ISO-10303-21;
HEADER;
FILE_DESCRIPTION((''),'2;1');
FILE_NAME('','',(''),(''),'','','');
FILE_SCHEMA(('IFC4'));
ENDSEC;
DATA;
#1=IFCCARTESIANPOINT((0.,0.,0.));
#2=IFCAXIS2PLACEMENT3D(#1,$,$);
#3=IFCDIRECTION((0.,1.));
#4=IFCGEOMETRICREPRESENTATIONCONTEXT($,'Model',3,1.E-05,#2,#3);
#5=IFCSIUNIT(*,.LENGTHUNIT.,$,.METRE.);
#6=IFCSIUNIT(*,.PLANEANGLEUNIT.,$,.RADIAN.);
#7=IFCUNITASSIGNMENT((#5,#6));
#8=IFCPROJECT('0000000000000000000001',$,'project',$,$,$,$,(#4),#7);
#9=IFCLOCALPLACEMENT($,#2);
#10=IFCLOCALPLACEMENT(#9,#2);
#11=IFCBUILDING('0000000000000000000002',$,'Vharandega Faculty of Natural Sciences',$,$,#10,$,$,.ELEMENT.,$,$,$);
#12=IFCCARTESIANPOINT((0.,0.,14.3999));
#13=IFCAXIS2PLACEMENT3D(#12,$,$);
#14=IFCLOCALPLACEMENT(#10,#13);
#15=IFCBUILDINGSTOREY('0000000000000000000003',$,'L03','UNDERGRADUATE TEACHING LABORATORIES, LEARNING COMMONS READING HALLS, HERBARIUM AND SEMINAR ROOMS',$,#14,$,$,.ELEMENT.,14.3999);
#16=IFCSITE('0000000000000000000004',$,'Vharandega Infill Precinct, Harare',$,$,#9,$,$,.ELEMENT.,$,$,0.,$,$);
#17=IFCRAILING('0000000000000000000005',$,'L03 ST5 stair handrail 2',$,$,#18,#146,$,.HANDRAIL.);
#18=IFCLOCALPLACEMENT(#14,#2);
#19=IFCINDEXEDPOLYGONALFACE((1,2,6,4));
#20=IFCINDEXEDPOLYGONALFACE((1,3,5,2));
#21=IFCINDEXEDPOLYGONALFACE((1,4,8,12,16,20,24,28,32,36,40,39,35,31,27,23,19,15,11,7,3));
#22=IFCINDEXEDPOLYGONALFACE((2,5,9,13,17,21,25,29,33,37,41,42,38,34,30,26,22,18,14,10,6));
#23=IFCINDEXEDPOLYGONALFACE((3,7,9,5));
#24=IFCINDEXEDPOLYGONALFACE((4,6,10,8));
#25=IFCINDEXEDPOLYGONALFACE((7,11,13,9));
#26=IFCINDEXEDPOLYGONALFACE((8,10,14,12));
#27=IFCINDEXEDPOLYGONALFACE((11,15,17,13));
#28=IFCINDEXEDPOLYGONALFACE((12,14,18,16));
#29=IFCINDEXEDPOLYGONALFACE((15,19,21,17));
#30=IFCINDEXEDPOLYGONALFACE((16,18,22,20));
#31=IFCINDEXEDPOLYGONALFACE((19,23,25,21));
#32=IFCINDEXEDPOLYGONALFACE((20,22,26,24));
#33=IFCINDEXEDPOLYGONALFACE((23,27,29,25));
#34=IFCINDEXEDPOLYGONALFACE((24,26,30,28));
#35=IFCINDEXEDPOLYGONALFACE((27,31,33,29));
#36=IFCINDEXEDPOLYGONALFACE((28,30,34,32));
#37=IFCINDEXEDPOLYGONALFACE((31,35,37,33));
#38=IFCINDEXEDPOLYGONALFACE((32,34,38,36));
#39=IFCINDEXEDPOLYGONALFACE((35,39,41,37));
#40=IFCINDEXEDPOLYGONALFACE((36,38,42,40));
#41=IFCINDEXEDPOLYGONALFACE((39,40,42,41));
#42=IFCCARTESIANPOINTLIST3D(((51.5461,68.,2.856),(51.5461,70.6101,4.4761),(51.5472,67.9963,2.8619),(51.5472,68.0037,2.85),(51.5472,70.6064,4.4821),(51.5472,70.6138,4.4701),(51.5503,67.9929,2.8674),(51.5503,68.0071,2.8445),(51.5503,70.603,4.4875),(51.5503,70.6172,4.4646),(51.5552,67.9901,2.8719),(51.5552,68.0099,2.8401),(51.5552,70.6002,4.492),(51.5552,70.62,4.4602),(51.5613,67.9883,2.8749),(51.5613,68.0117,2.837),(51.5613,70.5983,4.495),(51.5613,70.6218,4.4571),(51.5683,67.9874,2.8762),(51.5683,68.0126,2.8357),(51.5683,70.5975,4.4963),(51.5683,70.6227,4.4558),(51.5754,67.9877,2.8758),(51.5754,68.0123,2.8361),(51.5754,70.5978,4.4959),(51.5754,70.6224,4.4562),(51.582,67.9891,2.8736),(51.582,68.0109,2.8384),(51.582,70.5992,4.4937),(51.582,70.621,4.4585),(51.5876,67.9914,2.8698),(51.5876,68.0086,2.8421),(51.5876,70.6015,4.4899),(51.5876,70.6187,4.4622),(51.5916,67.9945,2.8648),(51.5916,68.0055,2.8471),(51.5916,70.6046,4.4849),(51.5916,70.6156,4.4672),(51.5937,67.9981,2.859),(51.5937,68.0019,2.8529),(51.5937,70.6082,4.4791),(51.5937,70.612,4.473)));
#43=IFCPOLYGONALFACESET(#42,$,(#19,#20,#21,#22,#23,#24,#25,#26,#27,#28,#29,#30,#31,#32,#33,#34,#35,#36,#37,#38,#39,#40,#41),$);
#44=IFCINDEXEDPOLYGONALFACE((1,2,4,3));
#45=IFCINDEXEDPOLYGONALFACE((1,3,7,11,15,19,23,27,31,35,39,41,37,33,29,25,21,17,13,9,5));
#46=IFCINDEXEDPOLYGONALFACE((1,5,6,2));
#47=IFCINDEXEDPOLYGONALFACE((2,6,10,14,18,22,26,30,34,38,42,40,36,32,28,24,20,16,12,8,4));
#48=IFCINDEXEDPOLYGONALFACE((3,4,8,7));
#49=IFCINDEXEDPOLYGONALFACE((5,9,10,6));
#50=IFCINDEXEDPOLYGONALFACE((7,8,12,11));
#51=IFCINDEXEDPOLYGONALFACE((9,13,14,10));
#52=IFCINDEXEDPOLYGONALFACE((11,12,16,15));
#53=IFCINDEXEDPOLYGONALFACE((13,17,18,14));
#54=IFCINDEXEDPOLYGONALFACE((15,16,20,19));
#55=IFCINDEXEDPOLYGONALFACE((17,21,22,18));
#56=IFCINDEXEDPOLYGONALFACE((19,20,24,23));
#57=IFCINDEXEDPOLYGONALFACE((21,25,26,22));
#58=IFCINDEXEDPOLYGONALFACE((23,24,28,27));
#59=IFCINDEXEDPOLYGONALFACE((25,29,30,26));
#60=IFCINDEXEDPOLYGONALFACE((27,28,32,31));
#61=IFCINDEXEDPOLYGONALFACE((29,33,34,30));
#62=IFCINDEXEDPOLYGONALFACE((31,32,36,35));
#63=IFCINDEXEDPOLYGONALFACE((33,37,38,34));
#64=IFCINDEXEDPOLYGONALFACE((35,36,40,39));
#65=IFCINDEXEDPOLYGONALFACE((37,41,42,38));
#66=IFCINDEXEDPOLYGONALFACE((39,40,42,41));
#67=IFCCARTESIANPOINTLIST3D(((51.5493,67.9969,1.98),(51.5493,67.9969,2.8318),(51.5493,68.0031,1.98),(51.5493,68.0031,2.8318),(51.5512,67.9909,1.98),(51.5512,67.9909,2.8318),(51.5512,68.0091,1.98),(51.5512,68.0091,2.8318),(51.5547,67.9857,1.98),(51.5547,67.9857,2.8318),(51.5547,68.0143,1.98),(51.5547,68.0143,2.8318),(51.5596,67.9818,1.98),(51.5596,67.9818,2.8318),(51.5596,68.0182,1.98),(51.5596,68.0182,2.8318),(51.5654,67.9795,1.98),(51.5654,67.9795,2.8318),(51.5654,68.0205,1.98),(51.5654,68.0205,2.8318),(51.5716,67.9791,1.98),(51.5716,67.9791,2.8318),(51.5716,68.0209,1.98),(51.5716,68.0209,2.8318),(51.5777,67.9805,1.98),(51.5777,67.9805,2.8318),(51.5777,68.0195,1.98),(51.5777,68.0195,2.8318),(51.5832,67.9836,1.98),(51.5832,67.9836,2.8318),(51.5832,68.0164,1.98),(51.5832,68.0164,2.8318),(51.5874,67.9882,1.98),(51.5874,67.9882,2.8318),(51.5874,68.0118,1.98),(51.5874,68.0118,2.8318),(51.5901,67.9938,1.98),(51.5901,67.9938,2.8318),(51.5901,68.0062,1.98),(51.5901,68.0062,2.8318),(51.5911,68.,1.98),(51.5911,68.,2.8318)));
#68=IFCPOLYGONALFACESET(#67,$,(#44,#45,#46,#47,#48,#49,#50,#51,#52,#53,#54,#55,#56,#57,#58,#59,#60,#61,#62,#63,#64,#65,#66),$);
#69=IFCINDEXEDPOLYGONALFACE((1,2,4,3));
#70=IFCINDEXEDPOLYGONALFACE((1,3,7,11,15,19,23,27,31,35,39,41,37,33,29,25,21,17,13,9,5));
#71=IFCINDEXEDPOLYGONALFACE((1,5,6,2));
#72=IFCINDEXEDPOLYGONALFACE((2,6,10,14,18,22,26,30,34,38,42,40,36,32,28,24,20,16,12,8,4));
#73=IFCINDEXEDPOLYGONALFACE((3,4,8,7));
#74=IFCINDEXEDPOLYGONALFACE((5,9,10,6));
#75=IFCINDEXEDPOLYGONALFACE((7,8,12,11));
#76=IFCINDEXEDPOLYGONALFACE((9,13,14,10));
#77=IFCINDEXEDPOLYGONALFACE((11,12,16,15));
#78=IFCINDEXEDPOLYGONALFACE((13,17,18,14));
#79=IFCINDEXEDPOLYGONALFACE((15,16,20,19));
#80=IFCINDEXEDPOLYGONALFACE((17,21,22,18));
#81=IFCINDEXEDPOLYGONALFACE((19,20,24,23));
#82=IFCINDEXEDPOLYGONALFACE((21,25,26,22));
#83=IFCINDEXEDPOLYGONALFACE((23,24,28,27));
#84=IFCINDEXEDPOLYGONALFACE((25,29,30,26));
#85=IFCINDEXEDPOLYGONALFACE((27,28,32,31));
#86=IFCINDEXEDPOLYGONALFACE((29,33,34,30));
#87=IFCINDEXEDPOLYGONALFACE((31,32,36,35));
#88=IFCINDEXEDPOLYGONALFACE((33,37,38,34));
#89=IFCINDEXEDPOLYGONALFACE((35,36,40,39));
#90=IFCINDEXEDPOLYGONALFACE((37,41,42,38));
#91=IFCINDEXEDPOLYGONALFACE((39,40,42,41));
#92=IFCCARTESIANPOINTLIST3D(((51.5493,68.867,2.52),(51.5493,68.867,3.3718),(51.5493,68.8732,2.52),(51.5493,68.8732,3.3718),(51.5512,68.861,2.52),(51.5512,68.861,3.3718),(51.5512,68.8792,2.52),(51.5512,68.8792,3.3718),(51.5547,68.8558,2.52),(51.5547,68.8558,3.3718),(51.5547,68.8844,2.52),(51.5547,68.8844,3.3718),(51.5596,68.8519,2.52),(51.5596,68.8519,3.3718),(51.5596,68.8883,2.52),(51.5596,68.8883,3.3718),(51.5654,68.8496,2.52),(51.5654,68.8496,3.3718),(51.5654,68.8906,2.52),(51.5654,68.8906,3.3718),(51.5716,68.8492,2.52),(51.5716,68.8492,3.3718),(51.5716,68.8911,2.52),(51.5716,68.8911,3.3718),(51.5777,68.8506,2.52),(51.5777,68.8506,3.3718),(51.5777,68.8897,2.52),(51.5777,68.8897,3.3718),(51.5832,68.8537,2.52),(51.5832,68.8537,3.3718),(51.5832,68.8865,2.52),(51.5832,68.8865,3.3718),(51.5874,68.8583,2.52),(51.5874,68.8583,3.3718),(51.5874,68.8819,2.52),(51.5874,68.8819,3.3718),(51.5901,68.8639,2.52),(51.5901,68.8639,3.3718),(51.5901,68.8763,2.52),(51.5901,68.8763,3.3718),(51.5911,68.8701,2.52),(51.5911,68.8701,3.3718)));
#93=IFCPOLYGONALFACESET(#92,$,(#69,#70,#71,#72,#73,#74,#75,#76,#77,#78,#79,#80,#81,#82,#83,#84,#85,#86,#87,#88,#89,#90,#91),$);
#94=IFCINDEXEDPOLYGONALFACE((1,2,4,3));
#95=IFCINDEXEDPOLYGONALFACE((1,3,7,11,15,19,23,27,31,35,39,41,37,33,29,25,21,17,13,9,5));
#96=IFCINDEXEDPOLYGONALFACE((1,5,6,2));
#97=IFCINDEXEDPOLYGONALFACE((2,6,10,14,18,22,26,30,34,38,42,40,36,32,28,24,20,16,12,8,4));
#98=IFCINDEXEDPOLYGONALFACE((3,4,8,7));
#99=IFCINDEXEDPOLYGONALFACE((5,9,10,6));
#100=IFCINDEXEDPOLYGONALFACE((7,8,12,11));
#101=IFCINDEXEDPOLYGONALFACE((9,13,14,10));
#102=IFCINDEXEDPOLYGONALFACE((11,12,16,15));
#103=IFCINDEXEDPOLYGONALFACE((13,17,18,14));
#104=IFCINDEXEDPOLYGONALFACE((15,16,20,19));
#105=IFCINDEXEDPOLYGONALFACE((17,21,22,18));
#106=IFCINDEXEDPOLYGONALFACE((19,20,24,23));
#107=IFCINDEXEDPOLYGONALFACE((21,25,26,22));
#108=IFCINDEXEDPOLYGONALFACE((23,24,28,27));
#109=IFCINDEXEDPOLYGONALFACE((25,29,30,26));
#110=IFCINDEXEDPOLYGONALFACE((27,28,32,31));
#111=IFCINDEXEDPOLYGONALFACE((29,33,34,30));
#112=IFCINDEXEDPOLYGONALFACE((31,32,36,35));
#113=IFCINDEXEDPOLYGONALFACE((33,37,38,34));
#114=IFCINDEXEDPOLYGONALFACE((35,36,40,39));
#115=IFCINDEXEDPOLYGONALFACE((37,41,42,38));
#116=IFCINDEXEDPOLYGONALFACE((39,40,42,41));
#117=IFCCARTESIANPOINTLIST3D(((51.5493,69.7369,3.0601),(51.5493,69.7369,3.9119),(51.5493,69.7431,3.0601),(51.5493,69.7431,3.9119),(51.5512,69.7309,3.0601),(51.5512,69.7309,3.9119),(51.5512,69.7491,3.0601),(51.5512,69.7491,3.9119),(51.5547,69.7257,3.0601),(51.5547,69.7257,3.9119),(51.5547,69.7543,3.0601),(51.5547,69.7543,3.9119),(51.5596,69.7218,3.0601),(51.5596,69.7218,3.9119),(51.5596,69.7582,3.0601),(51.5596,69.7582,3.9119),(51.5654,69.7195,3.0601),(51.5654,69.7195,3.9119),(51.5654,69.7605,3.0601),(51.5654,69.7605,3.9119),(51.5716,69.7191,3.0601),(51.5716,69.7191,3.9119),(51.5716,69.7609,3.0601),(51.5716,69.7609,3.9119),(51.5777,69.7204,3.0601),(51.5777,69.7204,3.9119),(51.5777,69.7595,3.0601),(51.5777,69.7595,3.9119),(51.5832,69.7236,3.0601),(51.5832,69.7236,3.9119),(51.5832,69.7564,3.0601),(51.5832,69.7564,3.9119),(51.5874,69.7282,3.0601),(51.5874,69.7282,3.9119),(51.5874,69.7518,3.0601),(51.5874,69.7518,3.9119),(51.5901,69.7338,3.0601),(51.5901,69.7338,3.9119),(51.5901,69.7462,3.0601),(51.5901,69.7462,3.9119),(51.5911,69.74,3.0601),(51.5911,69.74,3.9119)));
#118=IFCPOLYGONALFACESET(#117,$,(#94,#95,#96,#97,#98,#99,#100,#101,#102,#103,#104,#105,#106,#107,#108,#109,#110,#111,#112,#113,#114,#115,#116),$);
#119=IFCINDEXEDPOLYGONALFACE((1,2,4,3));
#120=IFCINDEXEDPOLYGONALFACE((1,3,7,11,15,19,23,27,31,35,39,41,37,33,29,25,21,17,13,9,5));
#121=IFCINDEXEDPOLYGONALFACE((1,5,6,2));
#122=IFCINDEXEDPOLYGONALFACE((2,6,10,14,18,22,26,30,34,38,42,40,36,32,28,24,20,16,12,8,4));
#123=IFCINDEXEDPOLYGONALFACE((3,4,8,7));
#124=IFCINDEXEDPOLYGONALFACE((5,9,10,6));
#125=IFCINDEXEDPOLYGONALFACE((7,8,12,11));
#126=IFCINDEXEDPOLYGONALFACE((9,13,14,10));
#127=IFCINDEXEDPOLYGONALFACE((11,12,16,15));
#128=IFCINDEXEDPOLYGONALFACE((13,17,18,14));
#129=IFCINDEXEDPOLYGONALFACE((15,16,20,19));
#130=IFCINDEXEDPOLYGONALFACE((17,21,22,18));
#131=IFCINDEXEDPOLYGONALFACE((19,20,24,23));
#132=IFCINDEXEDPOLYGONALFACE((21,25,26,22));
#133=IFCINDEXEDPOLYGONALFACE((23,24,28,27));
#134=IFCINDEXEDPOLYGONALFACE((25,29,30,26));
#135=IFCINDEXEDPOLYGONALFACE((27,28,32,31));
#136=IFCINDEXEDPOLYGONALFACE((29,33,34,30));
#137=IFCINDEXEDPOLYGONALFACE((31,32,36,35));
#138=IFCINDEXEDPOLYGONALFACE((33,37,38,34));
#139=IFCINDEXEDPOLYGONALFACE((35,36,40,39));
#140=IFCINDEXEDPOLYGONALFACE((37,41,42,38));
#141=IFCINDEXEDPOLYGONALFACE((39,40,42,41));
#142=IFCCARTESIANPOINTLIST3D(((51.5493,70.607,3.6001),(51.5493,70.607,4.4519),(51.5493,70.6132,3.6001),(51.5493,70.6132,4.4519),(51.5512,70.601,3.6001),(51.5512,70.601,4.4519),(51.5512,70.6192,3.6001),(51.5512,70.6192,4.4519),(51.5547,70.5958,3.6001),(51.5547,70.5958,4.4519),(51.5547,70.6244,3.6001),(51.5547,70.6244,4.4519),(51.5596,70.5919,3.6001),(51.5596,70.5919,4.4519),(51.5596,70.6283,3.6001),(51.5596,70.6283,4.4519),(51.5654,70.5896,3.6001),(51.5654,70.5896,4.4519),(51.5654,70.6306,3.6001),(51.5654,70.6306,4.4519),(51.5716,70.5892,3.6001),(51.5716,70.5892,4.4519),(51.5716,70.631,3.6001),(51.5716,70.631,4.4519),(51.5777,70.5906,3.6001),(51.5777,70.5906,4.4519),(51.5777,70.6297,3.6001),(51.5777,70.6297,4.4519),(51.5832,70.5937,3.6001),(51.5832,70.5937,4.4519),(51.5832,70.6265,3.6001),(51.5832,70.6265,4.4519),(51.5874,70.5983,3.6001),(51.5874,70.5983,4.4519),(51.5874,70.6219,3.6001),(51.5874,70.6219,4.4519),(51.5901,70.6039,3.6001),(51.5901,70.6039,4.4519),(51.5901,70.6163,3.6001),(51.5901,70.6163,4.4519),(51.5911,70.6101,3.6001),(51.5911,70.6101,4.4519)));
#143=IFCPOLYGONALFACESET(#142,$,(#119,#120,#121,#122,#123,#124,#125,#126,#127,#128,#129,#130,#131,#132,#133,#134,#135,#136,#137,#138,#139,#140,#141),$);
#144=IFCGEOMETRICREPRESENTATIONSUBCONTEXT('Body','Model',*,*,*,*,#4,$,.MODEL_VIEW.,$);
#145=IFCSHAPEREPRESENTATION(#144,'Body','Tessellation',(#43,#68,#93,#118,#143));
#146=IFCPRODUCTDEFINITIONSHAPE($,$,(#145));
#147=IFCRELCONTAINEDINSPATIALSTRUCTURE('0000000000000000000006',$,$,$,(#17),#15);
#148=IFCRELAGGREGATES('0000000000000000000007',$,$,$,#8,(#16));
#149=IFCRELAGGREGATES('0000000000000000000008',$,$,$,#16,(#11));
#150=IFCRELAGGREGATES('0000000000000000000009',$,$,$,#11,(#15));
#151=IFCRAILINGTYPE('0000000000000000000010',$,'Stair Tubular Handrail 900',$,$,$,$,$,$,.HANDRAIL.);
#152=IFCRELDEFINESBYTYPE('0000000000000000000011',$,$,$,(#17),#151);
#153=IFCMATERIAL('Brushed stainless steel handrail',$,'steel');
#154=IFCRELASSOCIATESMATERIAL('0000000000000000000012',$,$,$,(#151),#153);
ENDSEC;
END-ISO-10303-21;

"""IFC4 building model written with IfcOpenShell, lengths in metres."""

from ifc_helpers import new_model, si_unit, direction, frame, origin, origin_2d, place, context, subcontext, project, spatial, circle, extrude, material, type_object, element, save


model = new_model("IFC4")

# Units and contexts
model_context = context("Model", 3, precision=1e-05, world=origin(), true_north=direction((0.0, 1.0)))
body_context = subcontext(model_context, "Body", "Model", "MODEL_VIEW")
ifc_project = project(units=[si_unit("LENGTHUNIT", "METRE"), si_unit("PLANEANGLEUNIT", "RADIAN")], contexts=[model_context])

# Site, building, storey
site_placement = place(None, origin())
site = spatial("IfcSite", under=ifc_project, at=site_placement, Name="Vharandega Infill Precinct, Harare", CompositionType="ELEMENT", RefElevation=0.0)
building_placement = place(site_placement, origin())
building = spatial("IfcBuilding", under=site, at=building_placement, Name="Vharandega Faculty of Natural Sciences", CompositionType="ELEMENT")
storey_placement = place(building_placement, frame((0.0, 0.0, 14.3999)))
storey = spatial("IfcBuildingStorey", under=building, at=storey_placement, Name="L03", Description="UNDERGRADUATE TEACHING LABORATORIES, LEARNING COMMONS READING HALLS, HERBARIUM AND SEMINAR ROOMS", CompositionType="ELEMENT", Elevation=14.3999)

# Railing
ifc_material_1 = material(Name="Brushed stainless steel handrail", Category="steel")
railing_type_1 = type_object("IfcRailingType", Name="Stair Tubular Handrail 900", PredefinedType="HANDRAIL", material=ifc_material_1)
railing_1_placement = place(storey_placement, frame((51.5701, 68.0, 1.98)))
element("IfcRailing", 1, at=railing_1_placement, inside=storey, type_object=railing_type_1, Name="L03 ST5 stair handrail 2", PredefinedType="HANDRAIL", context=body_context, shape_type="SweptSolid", body=[
    extrude(circle(Radius=0.0239, at=origin_2d()), frame((0.0, 0.0, 0.876), z_axis=(0.0, 0.849633, 0.527375), x_axis=(-1.0, 0.0, 0.0)), (0.0, 0.0, 1.0), 3.072),
    extrude(circle(Radius=0.021, at=origin_2d()), origin(), (0.0, 0.0, 1.0), 0.8518),
    extrude(circle(Radius=0.021, at=origin_2d()), frame((0.0, 0.8701, 0.54)), (0.0, 0.0, 1.0), 0.8518),
    extrude(circle(Radius=0.021, at=origin_2d()), frame((0.0, 1.74, 1.0801)), (0.0, 0.0, 1.0), 0.8518),
    extrude(circle(Radius=0.021, at=origin_2d()), frame((0.0, 2.6101, 1.6201)), (0.0, 0.0, 1.0), 0.8518),
])

save(model, "model.ifc")
